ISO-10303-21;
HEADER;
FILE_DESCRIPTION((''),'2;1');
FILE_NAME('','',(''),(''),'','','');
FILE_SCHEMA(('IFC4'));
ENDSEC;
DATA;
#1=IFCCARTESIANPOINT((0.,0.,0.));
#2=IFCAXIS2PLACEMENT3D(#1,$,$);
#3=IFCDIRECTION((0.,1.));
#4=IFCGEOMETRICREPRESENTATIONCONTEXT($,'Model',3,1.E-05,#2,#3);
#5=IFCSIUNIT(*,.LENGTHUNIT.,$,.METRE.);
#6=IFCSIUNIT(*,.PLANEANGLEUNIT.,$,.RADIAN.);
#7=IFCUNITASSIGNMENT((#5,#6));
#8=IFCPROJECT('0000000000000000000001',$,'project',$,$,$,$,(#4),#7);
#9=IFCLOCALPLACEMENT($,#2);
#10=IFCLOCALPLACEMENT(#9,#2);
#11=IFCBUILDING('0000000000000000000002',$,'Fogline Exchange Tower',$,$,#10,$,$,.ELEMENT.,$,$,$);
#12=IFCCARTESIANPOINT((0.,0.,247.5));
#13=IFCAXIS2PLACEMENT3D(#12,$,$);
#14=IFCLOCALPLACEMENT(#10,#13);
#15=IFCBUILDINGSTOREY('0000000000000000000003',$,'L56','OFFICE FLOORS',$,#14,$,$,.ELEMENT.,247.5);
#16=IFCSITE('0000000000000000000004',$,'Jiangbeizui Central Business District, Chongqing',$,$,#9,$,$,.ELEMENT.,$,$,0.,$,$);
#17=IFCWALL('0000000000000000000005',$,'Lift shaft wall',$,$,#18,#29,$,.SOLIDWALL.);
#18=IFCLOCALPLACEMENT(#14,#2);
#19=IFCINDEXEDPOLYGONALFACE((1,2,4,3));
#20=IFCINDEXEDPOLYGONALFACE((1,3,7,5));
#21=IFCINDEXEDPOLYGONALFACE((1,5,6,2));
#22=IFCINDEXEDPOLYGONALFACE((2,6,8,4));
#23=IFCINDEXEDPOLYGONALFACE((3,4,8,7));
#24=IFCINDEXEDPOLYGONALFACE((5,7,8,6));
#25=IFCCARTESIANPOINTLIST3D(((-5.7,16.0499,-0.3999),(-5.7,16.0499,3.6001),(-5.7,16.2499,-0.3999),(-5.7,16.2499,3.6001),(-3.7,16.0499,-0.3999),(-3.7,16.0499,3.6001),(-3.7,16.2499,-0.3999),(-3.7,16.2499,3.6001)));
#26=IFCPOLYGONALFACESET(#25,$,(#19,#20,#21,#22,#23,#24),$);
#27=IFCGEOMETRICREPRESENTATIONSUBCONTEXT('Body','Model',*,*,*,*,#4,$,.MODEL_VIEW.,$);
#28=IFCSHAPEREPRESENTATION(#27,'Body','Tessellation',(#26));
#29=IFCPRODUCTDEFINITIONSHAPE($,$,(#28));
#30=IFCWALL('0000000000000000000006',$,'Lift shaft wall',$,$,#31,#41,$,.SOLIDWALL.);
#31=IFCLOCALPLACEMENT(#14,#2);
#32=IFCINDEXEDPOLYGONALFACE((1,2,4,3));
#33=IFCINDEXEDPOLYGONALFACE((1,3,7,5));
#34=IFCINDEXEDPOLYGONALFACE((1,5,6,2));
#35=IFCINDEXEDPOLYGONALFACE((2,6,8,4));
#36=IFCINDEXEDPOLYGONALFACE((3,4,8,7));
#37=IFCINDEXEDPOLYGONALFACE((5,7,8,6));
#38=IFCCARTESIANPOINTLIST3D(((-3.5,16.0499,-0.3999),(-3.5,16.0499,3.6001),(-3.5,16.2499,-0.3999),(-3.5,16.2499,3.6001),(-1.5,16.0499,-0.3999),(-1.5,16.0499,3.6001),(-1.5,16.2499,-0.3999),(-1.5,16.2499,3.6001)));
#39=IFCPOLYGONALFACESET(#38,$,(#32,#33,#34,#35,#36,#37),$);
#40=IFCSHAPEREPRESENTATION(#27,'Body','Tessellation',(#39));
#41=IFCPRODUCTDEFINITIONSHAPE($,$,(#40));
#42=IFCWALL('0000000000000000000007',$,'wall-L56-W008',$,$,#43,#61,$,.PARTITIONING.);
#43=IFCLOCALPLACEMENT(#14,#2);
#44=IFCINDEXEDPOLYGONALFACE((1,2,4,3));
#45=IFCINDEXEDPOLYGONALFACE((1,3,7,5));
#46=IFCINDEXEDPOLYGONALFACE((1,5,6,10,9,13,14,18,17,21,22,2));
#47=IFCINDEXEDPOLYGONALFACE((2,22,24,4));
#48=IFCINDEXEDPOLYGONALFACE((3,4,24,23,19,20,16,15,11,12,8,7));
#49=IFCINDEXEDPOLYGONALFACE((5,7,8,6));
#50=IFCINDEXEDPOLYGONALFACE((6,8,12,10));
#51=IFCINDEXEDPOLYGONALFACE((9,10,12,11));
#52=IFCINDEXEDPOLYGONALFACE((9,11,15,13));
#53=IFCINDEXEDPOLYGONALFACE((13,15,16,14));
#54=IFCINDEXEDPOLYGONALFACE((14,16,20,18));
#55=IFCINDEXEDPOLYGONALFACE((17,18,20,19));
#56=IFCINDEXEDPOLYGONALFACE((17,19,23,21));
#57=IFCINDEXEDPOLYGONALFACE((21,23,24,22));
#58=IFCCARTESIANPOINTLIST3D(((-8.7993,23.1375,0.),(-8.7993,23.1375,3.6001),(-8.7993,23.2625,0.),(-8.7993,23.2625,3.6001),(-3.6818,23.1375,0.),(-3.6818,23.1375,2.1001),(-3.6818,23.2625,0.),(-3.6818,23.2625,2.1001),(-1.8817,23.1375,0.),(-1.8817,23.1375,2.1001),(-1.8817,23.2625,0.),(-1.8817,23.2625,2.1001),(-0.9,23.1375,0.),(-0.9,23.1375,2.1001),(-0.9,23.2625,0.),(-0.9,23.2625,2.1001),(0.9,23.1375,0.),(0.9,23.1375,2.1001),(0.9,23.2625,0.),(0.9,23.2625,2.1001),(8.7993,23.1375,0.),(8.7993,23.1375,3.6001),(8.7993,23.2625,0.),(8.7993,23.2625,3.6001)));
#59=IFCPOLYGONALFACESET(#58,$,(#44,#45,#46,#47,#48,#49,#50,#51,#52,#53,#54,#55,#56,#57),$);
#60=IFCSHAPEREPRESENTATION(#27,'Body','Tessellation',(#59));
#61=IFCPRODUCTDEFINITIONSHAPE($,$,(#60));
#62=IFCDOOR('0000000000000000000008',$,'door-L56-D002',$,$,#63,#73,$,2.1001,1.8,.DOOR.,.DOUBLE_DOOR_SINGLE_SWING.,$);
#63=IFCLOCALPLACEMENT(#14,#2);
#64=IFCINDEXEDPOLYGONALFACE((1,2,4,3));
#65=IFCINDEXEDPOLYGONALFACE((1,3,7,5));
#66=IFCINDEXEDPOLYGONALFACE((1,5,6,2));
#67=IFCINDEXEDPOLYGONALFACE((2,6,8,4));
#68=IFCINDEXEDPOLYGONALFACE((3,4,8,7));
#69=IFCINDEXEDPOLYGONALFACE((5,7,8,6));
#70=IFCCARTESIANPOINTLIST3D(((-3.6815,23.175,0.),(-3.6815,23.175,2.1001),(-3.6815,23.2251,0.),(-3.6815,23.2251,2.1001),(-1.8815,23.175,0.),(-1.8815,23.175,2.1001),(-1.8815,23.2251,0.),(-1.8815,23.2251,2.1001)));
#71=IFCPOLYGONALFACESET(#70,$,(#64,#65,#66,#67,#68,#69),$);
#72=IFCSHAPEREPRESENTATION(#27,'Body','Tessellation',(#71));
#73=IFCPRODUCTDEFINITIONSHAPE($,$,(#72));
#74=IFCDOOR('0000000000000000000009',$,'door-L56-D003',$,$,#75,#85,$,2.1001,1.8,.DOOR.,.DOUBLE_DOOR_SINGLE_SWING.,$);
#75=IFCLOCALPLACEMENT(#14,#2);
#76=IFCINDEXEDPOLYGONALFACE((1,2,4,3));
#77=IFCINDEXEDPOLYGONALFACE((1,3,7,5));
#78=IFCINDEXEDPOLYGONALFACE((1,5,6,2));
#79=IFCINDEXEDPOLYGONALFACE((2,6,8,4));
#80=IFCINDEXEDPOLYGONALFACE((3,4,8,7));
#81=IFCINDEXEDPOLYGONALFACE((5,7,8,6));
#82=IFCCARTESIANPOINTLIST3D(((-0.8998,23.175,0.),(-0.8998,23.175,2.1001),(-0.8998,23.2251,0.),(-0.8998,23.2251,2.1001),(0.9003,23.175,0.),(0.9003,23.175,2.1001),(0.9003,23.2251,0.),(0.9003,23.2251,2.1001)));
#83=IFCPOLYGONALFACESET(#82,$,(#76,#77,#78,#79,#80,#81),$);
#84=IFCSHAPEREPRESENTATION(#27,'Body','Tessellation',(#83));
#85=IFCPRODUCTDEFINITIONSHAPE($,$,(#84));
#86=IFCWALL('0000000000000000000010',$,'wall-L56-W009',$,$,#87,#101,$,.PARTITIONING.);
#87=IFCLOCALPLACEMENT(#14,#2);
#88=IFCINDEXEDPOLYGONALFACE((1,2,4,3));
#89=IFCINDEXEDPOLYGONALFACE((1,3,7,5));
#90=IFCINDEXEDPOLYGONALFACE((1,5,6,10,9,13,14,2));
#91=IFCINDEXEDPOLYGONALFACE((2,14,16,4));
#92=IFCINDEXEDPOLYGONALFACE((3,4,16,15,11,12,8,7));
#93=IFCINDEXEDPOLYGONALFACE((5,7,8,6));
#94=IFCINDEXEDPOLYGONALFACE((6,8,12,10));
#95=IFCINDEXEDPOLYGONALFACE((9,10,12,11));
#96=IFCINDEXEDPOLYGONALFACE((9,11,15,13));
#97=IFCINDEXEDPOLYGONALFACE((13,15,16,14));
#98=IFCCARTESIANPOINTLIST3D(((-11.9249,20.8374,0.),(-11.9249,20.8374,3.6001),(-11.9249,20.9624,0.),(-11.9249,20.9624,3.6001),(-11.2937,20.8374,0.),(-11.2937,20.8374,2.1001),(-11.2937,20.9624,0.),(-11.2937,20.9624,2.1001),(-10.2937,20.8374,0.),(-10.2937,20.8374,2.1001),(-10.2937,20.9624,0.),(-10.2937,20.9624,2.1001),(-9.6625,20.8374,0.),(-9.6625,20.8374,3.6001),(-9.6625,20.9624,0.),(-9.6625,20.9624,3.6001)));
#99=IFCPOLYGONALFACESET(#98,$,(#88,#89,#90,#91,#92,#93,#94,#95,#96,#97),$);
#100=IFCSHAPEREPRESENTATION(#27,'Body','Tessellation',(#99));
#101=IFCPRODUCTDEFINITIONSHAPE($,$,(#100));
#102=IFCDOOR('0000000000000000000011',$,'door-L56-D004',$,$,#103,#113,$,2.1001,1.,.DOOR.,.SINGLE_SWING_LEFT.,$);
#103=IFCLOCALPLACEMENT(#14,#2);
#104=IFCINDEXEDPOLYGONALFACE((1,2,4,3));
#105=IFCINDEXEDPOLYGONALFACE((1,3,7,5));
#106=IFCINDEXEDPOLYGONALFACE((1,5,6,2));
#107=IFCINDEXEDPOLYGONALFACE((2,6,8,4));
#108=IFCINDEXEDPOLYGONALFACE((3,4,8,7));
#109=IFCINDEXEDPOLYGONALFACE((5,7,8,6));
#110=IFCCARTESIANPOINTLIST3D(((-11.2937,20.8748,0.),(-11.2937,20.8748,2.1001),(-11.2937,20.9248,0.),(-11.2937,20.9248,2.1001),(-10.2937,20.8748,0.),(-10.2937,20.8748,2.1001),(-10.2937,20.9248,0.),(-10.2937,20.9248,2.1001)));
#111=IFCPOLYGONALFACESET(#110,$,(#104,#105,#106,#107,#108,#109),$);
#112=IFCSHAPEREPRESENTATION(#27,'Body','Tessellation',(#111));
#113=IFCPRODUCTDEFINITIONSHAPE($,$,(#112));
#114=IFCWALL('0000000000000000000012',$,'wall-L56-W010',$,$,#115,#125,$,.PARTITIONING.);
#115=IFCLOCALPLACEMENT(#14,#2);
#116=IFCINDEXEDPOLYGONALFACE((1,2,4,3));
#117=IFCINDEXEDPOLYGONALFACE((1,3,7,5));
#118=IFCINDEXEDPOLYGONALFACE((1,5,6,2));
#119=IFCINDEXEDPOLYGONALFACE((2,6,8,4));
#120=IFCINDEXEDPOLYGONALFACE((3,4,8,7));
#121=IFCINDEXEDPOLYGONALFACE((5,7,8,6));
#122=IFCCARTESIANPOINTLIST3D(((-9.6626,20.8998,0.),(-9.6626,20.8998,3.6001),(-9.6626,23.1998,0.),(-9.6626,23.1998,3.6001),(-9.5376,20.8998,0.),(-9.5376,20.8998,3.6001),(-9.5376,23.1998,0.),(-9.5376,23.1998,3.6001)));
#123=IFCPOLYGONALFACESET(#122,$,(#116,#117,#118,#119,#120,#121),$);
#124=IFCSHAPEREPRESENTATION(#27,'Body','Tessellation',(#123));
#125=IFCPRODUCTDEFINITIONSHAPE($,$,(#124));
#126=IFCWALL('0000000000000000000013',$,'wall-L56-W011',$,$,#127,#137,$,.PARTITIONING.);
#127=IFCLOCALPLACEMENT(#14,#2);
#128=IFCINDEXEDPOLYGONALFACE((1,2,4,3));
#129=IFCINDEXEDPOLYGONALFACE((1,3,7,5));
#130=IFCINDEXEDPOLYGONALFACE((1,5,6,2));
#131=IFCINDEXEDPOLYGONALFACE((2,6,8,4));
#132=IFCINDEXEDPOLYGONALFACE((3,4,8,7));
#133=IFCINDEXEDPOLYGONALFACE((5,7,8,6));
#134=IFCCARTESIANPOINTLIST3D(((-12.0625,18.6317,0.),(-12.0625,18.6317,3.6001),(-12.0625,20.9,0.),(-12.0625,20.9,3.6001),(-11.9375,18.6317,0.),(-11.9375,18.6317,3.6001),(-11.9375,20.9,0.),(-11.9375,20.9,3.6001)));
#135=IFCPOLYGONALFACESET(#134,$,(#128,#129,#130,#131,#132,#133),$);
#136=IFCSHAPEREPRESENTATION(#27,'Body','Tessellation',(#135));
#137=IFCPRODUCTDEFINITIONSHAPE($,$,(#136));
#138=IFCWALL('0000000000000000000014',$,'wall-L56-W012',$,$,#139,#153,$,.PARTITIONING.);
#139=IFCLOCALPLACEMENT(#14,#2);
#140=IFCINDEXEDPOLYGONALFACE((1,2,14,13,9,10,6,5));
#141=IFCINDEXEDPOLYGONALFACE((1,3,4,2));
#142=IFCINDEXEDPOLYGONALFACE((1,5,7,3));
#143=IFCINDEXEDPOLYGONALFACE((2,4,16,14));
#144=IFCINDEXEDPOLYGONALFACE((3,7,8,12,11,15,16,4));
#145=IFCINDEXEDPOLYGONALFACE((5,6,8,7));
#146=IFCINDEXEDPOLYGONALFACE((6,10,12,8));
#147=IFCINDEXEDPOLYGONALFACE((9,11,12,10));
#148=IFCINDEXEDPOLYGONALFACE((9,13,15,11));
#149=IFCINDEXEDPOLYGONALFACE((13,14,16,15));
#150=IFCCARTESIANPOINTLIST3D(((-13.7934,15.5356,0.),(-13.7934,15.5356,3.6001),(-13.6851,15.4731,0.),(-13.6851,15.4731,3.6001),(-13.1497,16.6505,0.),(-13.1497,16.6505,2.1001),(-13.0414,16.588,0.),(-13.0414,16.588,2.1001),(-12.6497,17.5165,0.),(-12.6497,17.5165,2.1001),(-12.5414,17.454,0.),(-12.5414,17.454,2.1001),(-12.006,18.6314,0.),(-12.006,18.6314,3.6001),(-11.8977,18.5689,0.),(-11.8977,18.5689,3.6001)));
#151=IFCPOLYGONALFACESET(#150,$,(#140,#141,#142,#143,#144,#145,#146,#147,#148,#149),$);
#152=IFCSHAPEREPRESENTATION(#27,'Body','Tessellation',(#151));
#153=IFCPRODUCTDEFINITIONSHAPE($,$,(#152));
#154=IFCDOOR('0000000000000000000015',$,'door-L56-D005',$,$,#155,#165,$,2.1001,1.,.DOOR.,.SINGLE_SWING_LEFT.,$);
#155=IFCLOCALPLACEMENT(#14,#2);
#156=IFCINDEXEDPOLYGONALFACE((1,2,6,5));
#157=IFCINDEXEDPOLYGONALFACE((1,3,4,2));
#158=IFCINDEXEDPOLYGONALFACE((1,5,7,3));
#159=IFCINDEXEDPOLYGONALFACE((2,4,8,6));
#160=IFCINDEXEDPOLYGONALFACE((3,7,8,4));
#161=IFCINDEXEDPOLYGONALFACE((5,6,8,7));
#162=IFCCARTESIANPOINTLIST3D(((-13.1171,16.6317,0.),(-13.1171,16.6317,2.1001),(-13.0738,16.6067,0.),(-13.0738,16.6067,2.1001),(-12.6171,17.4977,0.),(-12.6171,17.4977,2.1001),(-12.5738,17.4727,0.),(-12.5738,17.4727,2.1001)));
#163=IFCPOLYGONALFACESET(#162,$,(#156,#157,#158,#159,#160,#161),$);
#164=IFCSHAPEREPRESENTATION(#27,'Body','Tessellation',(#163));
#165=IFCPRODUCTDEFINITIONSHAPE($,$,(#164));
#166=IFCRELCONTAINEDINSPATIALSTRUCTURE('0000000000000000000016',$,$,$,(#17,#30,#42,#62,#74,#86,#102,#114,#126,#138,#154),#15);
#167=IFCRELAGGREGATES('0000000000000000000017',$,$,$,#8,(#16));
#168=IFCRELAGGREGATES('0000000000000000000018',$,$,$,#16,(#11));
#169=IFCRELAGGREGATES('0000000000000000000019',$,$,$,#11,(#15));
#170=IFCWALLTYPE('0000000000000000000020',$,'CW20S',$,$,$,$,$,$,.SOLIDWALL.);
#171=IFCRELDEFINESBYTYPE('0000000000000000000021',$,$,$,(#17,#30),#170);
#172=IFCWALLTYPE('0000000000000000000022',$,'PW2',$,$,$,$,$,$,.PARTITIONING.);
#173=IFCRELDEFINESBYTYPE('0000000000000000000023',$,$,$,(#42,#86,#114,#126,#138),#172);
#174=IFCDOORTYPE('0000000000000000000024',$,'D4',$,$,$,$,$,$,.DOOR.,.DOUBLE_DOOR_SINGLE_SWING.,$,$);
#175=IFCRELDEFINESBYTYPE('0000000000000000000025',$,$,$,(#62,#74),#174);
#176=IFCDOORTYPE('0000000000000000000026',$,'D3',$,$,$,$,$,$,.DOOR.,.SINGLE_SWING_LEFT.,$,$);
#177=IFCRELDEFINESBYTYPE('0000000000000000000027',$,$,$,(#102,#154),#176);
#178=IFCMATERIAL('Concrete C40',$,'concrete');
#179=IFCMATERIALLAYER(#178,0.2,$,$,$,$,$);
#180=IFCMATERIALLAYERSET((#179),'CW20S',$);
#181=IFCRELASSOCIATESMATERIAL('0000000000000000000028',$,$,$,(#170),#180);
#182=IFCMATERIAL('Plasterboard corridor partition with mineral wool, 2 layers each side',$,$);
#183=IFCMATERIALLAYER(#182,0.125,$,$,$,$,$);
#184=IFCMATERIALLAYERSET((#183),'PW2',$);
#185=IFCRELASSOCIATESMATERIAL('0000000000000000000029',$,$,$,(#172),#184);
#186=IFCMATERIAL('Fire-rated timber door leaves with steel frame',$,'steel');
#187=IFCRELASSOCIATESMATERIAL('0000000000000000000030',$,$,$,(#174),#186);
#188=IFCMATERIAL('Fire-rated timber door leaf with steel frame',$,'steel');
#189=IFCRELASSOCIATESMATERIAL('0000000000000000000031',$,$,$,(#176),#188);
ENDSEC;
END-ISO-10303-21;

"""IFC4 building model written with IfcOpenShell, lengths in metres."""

from ifc_helpers import new_model, si_unit, direction, frame, frame_2d, origin, place, context, subcontext, project, spatial, rectangle, extrude, material, layer, layer_set, type_object, element, fill, save


model = new_model("IFC4")

# Units and contexts
model_context = context("Model", 3, precision=1e-05, world=origin(), true_north=direction((0.0, 1.0)))
body_context = subcontext(model_context, "Body", "Model", "MODEL_VIEW")
ifc_project = project(units=[si_unit("LENGTHUNIT", "METRE"), si_unit("PLANEANGLEUNIT", "RADIAN")], contexts=[model_context])

# Site, building, storey
site_placement = place(None, origin())
site = spatial("IfcSite", under=ifc_project, at=site_placement, Name="Jiangbeizui Central Business District, Chongqing", CompositionType="ELEMENT", RefElevation=0.0)
building_placement = place(site_placement, origin())
building = spatial("IfcBuilding", under=site, at=building_placement, Name="Fogline Exchange Tower", CompositionType="ELEMENT")
storey_placement = place(building_placement, frame((0.0, 0.0, 247.5)))
storey = spatial("IfcBuildingStorey", under=building, at=storey_placement, Name="L56", Description="OFFICE FLOORS", CompositionType="ELEMENT", Elevation=247.5)

# Shared definitions
ifc_material_1 = material(Name="Concrete C40", Category="concrete")

# Walls
ifc_layer_1 = layer(ifc_material_1, 0.2)
ifc_layer_set_1 = layer_set([ifc_layer_1], Name="CW20S")
wall_type_1 = type_object("IfcWallType", Name="CW20S", PredefinedType="SOLIDWALL", material=ifc_layer_set_1)
for number, where, z_axis, x_axis, name in (
    (1, (-5.7, 16.1499, -0.3999), (0.0, 0.0, 1.0), (1.0, 0.0, 0.0), "Lift shaft wall"),
    (2, (-3.5, 16.1499, -0.3999), (0.0, 0.0, 1.0), (1.0, 0.0, 0.0), "Lift shaft wall"),
):
    element("IfcWall", number, at=place(storey_placement, frame(where, z_axis=z_axis, x_axis=x_axis)), inside=storey, type_object=wall_type_1, Name=name, PredefinedType="SOLIDWALL", context=body_context, shape_type="SweptSolid", body=[
        extrude(rectangle(XDim=2.0, YDim=0.2, at=frame_2d((1.0, 0.0))), origin(), (0.0, 0.0, 1.0), 4.0),
    ])

# Wall, openings, doors
ifc_material_2 = material(Name="Plasterboard corridor partition with mineral wool, 2 layers each side")
ifc_layer_2 = layer(ifc_material_2, 0.125)
ifc_layer_set_2 = layer_set([ifc_layer_2], Name="PW2")
wall_type_2 = type_object("IfcWallType", Name="PW2", PredefinedType="PARTITIONING", material=ifc_layer_set_2)
wall_1_placement = place(storey_placement, frame((-8.7993, 23.2, 0.0), z_axis=(0.0, 0.0, 1.0), x_axis=(1.0, 0.0, 0.0)))
wall_1 = element("IfcWall", 3, at=wall_1_placement, inside=storey, type_object=wall_type_2, Name="wall-L56-W008", PredefinedType="PARTITIONING", context=body_context, shape_type="SweptSolid", body=[
    extrude(rectangle(XDim=17.5986, YDim=0.125, at=frame_2d((8.7993, 0.0))), origin(), (0.0, 0.0, 1.0), 3.6001),
])
opening_1_placement = place(wall_1_placement, frame((5.1177, 0.0, 0.0)))
opening_1 = element("IfcOpeningElement", 4, at=opening_1_placement, cuts=wall_1, PredefinedType="OPENING", context=body_context, shape_type="SweptSolid", body=[
    extrude(rectangle(XDim=1.8, YDim=2.1001, at=frame_2d((0.8999, 1.05))), frame((0.0, 0.0725, 0.0), z_axis=(0.0, -1.0, 0.0), x_axis=(1.0, 0.0, 0.0)), (0.0, 0.0, 1.0), 0.145),
])
opening_2_placement = place(wall_1_placement, frame((7.8994, 0.0, 0.0)))
opening_2 = element("IfcOpeningElement", 5, at=opening_2_placement, cuts=wall_1, PredefinedType="OPENING", context=body_context, shape_type="SweptSolid", body=[
    extrude(rectangle(XDim=1.8, YDim=2.1001, at=frame_2d((0.8999, 1.05))), frame((0.0, 0.0725, 0.0), z_axis=(0.0, -1.0, 0.0), x_axis=(1.0, 0.0, 0.0)), (0.0, 0.0, 1.0), 0.145),
])
ifc_material_3 = material(Name="Fire-rated timber door leaves with steel frame", Category="steel")
door_type_1 = type_object("IfcDoorType", Name="D4", OperationType="DOUBLE_DOOR_SINGLE_SWING", PredefinedType="DOOR", material=ifc_material_3)
door_1_placement = place(opening_1_placement, frame((1.8, 0.0, 0.0), z_axis=(0.0, 0.0, 1.0), x_axis=(-1.0, 0.0, 0.0)))
door_1 = element("IfcDoor", 6, at=door_1_placement, inside=storey, type_object=door_type_1, Name="door-L56-D002", OperationType="DOUBLE_DOOR_SINGLE_SWING", OverallHeight=2.1001, OverallWidth=1.8, PredefinedType="DOOR", context=body_context, shape_type="SweptSolid", body=[
    extrude(rectangle(XDim=1.8, YDim=2.1001, at=frame_2d((0.8999, 1.05))), frame((0.0, 0.0249, 0.0), z_axis=(0.0, -1.0, 0.0), x_axis=(1.0, 0.0, 0.0)), (0.0, 0.0, 1.0), 0.05),
])
fill(opening_1, door_1)
door_2_placement = place(opening_2_placement, frame((1.8, 0.0, 0.0), z_axis=(0.0, 0.0, 1.0), x_axis=(-1.0, 0.0, 0.0)))
door_2 = element("IfcDoor", 7, at=door_2_placement, inside=storey, type_object=door_type_1, Name="door-L56-D003", OperationType="DOUBLE_DOOR_SINGLE_SWING", OverallHeight=2.1001, OverallWidth=1.8, PredefinedType="DOOR", context=body_context, shape_type="SweptSolid", body=[
    extrude(rectangle(XDim=1.8, YDim=2.1001, at=frame_2d((0.8999, 1.05))), frame((0.0, 0.0249, 0.0), z_axis=(0.0, -1.0, 0.0), x_axis=(1.0, 0.0, 0.0)), (0.0, 0.0, 1.0), 0.05),
])
fill(opening_2, door_2)

# Wall, opening, door
wall_2_placement = place(storey_placement, frame((-11.925, 20.8999, 0.0), z_axis=(0.0, 0.0, 1.0), x_axis=(1.0, 0.0, 0.0)))
wall_2 = element("IfcWall", 8, at=wall_2_placement, inside=storey, type_object=wall_type_2, Name="wall-L56-W009", PredefinedType="PARTITIONING", context=body_context, shape_type="SweptSolid", body=[
    extrude(rectangle(XDim=2.2625, YDim=0.125, at=frame_2d((1.1313, 0.0))), origin(), (0.0, 0.0, 1.0), 3.6001),
])
opening_3_placement = place(wall_2_placement, frame((0.6313, 0.0, 0.0)))
opening_3 = element("IfcOpeningElement", 9, at=opening_3_placement, cuts=wall_2, PredefinedType="OPENING", context=body_context, shape_type="SweptSolid", body=[
    extrude(rectangle(XDim=1.0, YDim=2.1001, at=frame_2d((0.5, 1.05))), frame((0.0, 0.0725, 0.0), z_axis=(0.0, -1.0, 0.0), x_axis=(1.0, 0.0, 0.0)), (0.0, 0.0, 1.0), 0.145),
])
ifc_material_4 = material(Name="Fire-rated timber door leaf with steel frame", Category="steel")
door_type_2 = type_object("IfcDoorType", Name="D3", OperationType="SINGLE_SWING_LEFT", PredefinedType="DOOR", material=ifc_material_4)
door_3_placement = place(opening_3_placement, origin())
door_3 = element("IfcDoor", 10, at=door_3_placement, inside=storey, type_object=door_type_2, Name="door-L56-D004", OperationType="SINGLE_SWING_LEFT", OverallHeight=2.1001, OverallWidth=1.0, PredefinedType="DOOR", context=body_context, shape_type="SweptSolid", body=[
    extrude(rectangle(XDim=1.0, YDim=2.1001, at=frame_2d((0.5, 1.05))), frame((0.0, 0.0249, 0.0), z_axis=(0.0, -1.0, 0.0), x_axis=(1.0, 0.0, 0.0)), (0.0, 0.0, 1.0), 0.05),
])
fill(opening_3, door_3)

# Walls
wall_3_placement = place(storey_placement, frame((-9.6001, 20.8999, 0.0), z_axis=(0.0, 0.0, 1.0), x_axis=(0.0, 1.0, 0.0)))
element("IfcWall", 11, at=wall_3_placement, inside=storey, type_object=wall_type_2, Name="wall-L56-W010", PredefinedType="PARTITIONING", context=body_context, shape_type="SweptSolid", body=[
    extrude(rectangle(XDim=2.3, YDim=0.125, at=frame_2d((1.1499, 0.0))), origin(), (0.0, 0.0, 1.0), 3.6001),
])
wall_4_placement = place(storey_placement, frame((-12.0, 18.6316, 0.0), z_axis=(0.0, 0.0, 1.0), x_axis=(0.0, 1.0, 0.0)))
element("IfcWall", 12, at=wall_4_placement, inside=storey, type_object=wall_type_2, Name="wall-L56-W011", PredefinedType="PARTITIONING", context=body_context, shape_type="SweptSolid", body=[
    extrude(rectangle(XDim=2.2683, YDim=0.125, at=frame_2d((1.1343, 0.0))), origin(), (0.0, 0.0, 1.0), 3.6001),
])

# Wall, opening, door
wall_5_placement = place(storey_placement, frame((-13.7393, 15.5044, 0.0), z_axis=(0.0, 0.0, 1.0), x_axis=(0.50001, 0.86602, 0.0)))
wall_5 = element("IfcWall", 13, at=wall_5_placement, inside=storey, type_object=wall_type_2, Name="wall-L56-W012", PredefinedType="PARTITIONING", context=body_context, shape_type="SweptSolid", body=[
    extrude(rectangle(XDim=3.5747, YDim=0.125, at=frame_2d((1.7874, 0.0))), origin(), (0.0, 0.0, 1.0), 3.6001),
])
opening_4_placement = place(wall_5_placement, frame((1.2874, 0.0, 0.0)))
opening_4 = element("IfcOpeningElement", 14, at=opening_4_placement, cuts=wall_5, PredefinedType="OPENING", context=body_context, shape_type="SweptSolid", body=[
    extrude(rectangle(XDim=1.0, YDim=2.1001, at=frame_2d((0.5, 1.05))), frame((0.0, 0.0725, 0.0), z_axis=(0.0, -1.0, 0.0), x_axis=(1.0, 0.0, 0.0)), (0.0, 0.0, 1.0), 0.145),
])
door_4_placement = place(opening_4_placement, origin())
door_4 = element("IfcDoor", 15, at=door_4_placement, inside=storey, type_object=door_type_2, Name="door-L56-D005", OperationType="SINGLE_SWING_LEFT", OverallHeight=2.1001, OverallWidth=1.0, PredefinedType="DOOR", context=body_context, shape_type="SweptSolid", body=[
    extrude(rectangle(XDim=1.0, YDim=2.1001, at=frame_2d((0.5, 1.05))), frame((0.0, 0.0249, 0.0), z_axis=(0.0, -1.0, 0.0), x_axis=(1.0, 0.0, 0.0)), (0.0, 0.0, 1.0), 0.05),
])
fill(opening_4, door_4)

save(model, "model.ifc")
